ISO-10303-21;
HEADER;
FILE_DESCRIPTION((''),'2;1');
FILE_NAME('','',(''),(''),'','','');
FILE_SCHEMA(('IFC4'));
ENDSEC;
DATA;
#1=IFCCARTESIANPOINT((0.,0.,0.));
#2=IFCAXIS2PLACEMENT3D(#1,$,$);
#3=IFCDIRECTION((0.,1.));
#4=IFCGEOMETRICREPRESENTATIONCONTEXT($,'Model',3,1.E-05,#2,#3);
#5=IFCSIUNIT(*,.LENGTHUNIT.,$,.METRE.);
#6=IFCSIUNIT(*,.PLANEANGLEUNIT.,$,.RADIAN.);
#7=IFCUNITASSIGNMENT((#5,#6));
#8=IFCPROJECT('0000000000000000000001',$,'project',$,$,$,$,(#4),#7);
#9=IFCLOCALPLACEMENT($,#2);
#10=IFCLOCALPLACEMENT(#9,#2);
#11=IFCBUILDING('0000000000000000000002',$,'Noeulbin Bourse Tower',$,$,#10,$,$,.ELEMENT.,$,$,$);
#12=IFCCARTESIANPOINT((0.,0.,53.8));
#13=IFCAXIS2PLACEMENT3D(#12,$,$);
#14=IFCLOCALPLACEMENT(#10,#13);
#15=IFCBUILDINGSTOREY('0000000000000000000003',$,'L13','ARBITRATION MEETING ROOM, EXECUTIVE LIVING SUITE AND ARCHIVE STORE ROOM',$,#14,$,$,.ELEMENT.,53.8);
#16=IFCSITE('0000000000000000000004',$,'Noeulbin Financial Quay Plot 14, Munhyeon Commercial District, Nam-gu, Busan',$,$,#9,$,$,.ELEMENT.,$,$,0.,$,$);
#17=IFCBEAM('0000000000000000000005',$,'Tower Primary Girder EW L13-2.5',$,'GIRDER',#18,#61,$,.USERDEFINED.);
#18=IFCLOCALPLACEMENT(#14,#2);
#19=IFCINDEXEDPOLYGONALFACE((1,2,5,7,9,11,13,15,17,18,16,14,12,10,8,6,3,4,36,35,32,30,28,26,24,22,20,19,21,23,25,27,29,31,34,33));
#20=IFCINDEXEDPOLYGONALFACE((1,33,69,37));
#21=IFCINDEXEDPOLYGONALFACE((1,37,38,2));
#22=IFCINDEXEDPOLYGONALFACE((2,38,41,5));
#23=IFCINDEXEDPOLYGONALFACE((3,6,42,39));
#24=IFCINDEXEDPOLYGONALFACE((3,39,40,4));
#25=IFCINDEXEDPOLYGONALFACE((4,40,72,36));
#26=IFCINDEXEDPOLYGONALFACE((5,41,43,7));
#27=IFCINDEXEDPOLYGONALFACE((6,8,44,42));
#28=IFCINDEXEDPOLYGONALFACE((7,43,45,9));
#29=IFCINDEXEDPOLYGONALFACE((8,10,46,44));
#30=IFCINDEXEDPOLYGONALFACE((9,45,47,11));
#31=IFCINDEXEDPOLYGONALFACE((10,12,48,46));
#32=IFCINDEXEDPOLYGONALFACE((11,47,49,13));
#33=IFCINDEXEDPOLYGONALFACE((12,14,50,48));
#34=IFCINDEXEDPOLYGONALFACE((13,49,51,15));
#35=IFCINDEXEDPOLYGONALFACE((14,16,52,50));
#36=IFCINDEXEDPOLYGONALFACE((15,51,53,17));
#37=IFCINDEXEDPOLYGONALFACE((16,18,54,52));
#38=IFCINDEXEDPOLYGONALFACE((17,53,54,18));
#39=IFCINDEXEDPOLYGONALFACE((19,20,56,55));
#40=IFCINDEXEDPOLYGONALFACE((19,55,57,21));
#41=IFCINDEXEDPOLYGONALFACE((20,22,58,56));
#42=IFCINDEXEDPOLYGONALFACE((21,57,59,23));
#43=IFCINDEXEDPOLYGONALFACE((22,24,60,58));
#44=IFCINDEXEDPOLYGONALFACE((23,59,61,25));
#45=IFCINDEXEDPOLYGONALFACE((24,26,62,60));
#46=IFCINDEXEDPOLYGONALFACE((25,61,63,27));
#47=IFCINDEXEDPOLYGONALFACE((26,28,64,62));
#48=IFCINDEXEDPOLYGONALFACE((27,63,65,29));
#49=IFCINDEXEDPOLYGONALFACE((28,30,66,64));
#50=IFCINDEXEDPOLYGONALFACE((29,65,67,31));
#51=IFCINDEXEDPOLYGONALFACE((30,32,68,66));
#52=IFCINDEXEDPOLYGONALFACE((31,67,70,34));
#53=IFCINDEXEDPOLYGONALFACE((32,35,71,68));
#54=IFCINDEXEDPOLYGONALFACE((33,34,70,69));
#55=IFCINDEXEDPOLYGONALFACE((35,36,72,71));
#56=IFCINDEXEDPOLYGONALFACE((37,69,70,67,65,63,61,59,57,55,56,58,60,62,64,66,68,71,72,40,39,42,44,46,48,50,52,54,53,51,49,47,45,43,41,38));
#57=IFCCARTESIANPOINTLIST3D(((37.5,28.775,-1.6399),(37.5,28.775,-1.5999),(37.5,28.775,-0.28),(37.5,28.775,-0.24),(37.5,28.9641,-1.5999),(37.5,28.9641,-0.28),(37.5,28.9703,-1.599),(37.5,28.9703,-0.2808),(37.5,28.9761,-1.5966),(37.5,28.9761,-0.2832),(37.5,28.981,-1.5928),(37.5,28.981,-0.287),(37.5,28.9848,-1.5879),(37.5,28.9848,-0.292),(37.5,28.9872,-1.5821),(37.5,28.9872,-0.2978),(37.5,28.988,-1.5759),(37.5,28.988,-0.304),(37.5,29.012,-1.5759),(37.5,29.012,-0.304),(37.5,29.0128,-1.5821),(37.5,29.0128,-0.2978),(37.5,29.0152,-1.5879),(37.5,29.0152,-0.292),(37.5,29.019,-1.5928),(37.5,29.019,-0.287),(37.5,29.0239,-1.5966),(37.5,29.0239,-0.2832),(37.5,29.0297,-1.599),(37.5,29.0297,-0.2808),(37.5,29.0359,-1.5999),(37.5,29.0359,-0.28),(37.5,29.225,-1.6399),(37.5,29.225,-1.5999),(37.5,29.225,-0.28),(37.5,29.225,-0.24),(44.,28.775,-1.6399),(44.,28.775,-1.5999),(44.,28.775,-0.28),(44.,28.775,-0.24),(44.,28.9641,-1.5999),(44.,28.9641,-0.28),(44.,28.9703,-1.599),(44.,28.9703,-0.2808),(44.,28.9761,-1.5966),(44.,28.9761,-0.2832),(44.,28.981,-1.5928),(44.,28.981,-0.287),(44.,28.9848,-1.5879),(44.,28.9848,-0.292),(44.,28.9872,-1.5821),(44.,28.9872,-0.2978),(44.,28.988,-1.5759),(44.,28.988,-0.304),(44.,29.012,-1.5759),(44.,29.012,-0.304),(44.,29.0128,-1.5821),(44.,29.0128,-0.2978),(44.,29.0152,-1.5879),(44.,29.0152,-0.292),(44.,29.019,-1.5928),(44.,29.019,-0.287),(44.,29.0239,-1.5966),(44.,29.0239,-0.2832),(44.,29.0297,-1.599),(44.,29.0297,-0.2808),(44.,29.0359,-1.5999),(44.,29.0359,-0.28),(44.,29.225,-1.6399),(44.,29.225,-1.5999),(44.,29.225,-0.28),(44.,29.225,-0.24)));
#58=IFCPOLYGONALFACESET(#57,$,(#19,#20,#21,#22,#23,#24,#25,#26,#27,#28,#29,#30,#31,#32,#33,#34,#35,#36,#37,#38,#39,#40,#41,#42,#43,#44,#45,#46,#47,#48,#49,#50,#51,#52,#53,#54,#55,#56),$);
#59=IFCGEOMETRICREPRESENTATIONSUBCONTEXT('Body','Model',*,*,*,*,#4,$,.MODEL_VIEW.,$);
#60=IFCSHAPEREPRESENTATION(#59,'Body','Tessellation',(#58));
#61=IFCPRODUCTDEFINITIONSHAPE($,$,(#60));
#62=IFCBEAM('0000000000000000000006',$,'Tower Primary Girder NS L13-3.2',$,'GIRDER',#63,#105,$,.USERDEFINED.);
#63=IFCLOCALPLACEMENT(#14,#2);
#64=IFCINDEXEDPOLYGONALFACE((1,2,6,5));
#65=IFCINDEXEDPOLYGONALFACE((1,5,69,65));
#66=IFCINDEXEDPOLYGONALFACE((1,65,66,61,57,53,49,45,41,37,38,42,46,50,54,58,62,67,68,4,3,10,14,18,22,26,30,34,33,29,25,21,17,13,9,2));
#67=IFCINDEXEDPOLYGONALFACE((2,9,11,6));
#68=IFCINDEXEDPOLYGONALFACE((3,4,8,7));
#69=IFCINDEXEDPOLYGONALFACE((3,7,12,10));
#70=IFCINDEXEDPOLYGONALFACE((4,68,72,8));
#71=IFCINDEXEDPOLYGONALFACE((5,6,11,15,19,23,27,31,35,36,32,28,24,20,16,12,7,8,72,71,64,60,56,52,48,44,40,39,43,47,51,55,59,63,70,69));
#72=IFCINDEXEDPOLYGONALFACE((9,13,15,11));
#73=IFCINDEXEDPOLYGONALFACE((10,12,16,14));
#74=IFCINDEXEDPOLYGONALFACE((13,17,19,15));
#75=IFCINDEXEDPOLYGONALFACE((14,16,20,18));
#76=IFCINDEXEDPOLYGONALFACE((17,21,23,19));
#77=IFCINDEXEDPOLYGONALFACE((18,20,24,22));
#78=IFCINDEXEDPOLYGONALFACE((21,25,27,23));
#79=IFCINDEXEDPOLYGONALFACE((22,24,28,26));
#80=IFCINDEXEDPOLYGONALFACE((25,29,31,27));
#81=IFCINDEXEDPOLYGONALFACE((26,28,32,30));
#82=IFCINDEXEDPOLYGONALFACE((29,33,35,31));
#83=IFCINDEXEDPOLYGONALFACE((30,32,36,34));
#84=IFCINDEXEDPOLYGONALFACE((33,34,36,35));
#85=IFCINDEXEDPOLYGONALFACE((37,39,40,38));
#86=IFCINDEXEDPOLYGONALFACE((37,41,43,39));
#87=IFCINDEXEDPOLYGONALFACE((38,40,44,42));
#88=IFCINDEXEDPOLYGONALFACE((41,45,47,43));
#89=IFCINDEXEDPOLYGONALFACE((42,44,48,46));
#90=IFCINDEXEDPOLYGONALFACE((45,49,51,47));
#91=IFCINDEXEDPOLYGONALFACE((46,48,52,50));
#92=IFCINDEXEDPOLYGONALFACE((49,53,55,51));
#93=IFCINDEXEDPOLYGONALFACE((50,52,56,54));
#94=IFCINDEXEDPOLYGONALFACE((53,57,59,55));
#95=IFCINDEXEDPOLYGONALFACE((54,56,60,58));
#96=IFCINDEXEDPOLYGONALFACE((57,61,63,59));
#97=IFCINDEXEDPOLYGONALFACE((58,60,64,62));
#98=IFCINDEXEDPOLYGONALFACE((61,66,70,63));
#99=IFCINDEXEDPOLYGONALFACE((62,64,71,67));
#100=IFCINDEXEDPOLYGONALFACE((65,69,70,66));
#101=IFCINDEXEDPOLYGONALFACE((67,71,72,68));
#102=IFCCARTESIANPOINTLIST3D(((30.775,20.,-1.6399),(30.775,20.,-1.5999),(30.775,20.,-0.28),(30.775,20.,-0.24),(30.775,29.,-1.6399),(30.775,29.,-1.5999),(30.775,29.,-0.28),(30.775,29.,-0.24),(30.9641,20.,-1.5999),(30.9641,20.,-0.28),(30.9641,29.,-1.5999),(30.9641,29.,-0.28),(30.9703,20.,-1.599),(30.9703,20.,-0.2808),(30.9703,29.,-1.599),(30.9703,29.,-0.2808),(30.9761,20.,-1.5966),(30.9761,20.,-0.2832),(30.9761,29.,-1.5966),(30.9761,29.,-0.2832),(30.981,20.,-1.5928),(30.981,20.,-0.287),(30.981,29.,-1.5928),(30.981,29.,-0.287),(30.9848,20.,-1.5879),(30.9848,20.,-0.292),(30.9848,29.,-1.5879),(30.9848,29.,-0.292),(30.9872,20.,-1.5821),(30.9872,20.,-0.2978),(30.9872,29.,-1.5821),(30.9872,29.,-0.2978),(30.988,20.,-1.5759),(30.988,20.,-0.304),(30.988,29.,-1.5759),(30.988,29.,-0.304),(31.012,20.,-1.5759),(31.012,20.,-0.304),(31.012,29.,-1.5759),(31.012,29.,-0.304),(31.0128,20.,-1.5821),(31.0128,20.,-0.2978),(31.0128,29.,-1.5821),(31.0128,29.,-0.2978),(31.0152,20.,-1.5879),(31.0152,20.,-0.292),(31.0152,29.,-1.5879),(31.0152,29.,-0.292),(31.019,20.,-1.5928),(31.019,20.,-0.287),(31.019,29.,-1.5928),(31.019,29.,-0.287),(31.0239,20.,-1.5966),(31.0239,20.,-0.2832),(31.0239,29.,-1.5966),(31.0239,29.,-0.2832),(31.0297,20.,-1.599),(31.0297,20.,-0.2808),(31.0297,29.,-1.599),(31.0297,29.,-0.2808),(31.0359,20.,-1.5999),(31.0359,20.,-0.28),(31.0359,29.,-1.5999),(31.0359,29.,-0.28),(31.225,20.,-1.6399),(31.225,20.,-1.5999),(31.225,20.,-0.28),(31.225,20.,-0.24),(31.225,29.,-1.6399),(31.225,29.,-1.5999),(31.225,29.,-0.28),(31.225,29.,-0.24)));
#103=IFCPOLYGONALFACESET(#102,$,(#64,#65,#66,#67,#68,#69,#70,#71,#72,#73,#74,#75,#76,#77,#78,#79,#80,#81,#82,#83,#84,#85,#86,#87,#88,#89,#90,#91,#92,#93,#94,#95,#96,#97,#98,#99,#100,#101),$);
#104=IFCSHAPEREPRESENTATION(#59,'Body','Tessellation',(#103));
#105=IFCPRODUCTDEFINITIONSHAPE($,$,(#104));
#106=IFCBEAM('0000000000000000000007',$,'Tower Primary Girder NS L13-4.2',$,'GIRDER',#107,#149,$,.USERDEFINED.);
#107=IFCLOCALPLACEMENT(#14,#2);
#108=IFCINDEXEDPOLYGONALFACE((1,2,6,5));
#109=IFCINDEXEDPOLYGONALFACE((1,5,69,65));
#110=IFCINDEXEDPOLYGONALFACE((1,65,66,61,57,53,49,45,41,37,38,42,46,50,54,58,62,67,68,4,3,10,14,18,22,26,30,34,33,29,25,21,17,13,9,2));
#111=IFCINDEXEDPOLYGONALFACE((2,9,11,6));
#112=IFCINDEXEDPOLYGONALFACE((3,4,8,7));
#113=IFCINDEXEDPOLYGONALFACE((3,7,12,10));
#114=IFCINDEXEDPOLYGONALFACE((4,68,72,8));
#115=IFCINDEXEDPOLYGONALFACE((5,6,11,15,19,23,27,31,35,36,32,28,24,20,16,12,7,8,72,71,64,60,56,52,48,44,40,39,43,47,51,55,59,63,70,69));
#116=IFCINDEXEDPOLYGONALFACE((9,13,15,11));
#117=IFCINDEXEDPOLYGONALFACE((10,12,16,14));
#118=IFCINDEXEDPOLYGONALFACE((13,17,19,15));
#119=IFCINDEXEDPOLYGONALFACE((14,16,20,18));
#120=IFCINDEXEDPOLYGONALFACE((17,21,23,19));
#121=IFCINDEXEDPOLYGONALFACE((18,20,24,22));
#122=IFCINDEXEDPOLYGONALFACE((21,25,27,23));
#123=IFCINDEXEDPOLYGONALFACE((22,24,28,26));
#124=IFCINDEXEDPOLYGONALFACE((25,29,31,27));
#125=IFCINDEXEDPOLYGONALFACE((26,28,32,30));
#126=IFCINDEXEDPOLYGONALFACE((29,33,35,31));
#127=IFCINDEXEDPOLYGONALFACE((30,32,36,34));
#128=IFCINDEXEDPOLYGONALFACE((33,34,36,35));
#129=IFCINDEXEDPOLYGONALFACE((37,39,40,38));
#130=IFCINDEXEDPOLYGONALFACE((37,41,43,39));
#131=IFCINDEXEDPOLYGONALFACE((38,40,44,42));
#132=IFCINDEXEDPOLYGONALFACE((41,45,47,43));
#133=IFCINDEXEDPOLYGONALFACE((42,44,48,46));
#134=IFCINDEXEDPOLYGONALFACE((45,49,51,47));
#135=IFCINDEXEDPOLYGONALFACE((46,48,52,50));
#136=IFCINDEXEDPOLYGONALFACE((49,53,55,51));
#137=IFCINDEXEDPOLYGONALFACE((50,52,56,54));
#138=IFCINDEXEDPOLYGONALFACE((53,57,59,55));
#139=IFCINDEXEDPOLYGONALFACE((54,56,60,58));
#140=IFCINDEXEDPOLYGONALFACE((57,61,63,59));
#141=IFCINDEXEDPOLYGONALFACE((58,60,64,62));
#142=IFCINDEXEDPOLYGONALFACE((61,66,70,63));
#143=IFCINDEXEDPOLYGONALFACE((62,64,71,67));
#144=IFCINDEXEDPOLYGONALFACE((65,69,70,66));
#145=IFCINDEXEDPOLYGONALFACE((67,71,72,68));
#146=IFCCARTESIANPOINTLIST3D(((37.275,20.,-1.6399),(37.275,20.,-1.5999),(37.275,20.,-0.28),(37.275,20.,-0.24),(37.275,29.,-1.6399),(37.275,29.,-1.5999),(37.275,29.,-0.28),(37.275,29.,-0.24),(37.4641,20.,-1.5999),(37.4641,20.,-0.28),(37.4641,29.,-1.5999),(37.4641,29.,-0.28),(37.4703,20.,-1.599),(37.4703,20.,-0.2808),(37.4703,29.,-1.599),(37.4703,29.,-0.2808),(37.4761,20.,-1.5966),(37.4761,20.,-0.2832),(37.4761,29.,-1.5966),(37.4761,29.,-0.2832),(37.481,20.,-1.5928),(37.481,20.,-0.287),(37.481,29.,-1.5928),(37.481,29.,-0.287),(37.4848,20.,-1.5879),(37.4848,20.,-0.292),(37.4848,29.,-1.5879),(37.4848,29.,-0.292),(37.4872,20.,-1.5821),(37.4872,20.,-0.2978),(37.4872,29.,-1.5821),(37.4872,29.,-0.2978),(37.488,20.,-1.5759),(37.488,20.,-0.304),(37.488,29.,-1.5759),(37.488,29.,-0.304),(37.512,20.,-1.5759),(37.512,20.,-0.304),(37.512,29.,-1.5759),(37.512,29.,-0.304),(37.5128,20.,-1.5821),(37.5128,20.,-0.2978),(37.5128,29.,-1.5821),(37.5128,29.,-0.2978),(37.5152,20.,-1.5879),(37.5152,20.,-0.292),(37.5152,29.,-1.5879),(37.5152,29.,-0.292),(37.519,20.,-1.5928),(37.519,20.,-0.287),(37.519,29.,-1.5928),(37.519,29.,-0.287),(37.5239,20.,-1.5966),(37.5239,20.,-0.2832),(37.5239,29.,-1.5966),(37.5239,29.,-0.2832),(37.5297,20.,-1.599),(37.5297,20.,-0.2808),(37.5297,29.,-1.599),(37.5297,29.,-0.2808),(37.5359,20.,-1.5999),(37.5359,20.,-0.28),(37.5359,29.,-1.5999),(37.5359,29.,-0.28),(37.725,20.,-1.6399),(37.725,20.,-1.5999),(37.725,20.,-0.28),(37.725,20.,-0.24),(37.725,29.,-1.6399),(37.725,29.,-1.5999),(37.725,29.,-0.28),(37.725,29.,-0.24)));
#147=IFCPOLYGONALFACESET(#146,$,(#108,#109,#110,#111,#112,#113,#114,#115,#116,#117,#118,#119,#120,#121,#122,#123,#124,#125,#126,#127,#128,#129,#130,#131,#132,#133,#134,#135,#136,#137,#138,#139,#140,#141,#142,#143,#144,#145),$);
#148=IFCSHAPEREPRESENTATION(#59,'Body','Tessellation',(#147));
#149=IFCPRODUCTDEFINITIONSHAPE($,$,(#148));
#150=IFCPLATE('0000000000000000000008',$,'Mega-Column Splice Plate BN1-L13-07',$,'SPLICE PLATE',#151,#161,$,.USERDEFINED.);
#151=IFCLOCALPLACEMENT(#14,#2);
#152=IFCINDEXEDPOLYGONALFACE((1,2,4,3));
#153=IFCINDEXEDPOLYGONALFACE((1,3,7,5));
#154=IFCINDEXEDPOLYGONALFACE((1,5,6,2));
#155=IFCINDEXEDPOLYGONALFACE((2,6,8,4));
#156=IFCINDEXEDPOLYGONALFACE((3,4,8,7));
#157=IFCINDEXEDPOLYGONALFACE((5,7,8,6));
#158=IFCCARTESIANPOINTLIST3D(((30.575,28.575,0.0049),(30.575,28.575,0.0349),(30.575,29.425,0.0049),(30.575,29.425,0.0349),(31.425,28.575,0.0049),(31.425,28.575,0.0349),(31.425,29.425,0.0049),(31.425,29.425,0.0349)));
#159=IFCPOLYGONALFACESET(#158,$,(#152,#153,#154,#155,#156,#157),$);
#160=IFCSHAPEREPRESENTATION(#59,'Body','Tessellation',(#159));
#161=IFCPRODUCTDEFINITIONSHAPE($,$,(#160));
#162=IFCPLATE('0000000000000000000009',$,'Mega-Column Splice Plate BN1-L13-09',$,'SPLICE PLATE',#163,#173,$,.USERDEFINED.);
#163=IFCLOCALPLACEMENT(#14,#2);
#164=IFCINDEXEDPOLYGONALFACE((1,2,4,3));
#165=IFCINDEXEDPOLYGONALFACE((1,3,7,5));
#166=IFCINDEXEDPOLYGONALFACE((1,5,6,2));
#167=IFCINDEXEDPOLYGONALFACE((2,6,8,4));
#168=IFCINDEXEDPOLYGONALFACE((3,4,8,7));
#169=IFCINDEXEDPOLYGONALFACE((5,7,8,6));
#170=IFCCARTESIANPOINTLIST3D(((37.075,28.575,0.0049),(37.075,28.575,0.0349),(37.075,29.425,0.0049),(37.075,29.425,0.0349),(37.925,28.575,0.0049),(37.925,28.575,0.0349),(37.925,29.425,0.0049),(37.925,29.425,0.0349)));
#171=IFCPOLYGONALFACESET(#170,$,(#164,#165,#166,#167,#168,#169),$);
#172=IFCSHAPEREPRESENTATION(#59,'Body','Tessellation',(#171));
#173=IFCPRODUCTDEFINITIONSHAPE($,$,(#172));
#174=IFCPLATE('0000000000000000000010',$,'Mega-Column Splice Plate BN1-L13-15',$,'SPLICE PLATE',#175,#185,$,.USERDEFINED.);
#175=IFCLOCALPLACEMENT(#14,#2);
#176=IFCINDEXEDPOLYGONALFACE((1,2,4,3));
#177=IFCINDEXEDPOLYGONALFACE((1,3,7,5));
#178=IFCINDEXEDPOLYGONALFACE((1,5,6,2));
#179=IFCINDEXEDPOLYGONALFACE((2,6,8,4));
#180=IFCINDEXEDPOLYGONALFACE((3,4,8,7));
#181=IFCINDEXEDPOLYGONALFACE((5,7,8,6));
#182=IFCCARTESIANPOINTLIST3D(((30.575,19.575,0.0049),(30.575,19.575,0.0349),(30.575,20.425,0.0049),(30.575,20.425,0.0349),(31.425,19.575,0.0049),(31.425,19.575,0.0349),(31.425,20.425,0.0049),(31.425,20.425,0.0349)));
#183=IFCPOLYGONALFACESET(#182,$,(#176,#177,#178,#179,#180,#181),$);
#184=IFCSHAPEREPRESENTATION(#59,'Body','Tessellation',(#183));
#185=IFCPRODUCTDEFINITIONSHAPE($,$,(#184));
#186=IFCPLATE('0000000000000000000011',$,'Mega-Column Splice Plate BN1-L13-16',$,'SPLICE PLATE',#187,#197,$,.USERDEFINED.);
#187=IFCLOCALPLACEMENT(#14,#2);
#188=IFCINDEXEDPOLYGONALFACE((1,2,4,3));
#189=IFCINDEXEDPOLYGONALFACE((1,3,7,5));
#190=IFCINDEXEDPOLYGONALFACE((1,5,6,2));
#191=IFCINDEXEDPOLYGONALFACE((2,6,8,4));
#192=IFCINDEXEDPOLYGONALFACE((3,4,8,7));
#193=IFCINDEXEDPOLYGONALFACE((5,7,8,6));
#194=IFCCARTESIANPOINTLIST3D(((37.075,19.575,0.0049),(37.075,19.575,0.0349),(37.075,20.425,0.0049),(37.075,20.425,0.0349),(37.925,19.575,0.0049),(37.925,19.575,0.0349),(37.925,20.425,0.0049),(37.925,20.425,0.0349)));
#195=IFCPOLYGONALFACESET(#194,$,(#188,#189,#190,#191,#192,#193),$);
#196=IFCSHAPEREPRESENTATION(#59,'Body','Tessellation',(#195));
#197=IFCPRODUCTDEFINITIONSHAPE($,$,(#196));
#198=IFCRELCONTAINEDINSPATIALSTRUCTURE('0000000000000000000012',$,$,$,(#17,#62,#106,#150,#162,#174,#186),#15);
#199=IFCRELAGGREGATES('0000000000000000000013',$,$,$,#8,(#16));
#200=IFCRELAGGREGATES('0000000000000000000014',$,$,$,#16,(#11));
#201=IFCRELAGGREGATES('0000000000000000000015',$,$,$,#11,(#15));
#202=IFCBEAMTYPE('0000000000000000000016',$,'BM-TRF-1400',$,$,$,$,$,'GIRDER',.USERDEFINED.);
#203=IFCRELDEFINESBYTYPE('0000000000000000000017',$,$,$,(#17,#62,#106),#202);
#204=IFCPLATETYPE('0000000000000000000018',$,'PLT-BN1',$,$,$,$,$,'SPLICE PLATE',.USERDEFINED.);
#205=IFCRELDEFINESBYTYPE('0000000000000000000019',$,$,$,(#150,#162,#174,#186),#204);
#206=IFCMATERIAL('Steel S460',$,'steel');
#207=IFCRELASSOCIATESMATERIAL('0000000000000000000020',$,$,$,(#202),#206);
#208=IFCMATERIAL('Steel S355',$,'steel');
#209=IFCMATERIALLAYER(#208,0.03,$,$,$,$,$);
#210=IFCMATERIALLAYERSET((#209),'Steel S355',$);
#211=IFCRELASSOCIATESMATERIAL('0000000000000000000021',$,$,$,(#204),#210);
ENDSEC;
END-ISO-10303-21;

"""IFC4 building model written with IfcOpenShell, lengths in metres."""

from ifc_helpers import new_model, si_unit, direction, frame, origin, origin_2d, place, context, subcontext, project, spatial, rectangle, i_section, extrude, material, layer, layer_set, material_profile, profile_set, type_object, element, save


model = new_model("IFC4")

# Units and contexts
model_context = context("Model", 3, precision=1e-05, world=origin(), true_north=direction((0.0, 1.0)))
body_context = subcontext(model_context, "Body", "Model", "MODEL_VIEW")
ifc_project = project(units=[si_unit("LENGTHUNIT", "METRE"), si_unit("PLANEANGLEUNIT", "RADIAN")], contexts=[model_context])

# Site, building, storey
site_placement = place(None, origin())
site = spatial("IfcSite", under=ifc_project, at=site_placement, Name="Noeulbin Financial Quay Plot 14, Munhyeon Commercial District, Nam-gu, Busan", CompositionType="ELEMENT", RefElevation=0.0)
building_placement = place(site_placement, origin())
building = spatial("IfcBuilding", under=site, at=building_placement, Name="Noeulbin Bourse Tower", CompositionType="ELEMENT")
storey_placement = place(building_placement, frame((0.0, 0.0, 53.8)))
storey = spatial("IfcBuildingStorey", under=building, at=storey_placement, Name="L13", Description="ARBITRATION MEETING ROOM, EXECUTIVE LIVING SUITE AND ARCHIVE STORE ROOM", CompositionType="ELEMENT", Elevation=53.8)

# Shared definitions
ifc_material_1 = material(Name="Steel S460", Category="steel")

# Beams
ifc_material_2 = material(Name="Steel S355", Category="steel")
ifc_material_profile_1 = material_profile(ifc_material_1, i_section(OverallWidth=0.45, OverallDepth=1.3999, WebThickness=0.0239, FlangeThickness=0.04, FilletRadius=0.0239, at=origin_2d()), Name="PG-1400x450x24x40", Category="LoadBearing")
ifc_profile_set_1 = profile_set([ifc_material_profile_1], Name="Steel S460")
beam_type_1 = type_object("IfcBeamType", Name="BM-TRF-1400", ElementType="GIRDER", PredefinedType="USERDEFINED", material=ifc_profile_set_1)
for number, where, z_axis, x_axis, name in (
    (1, (37.5, 29.0, -0.9399), (1.0, 0.0, 0.0), (0.0, 1.0, 0.0), "Tower Primary Girder EW L13-2.5"),
):
    element("IfcBeam", number, at=place(storey_placement, frame(where, z_axis=z_axis, x_axis=x_axis)), inside=storey, type_object=beam_type_1, Name=name, ObjectType="GIRDER", PredefinedType="USERDEFINED", context=body_context, shape_type="SweptSolid", body=[
        extrude(i_section(OverallWidth=0.45, OverallDepth=1.3999, WebThickness=0.0239, FlangeThickness=0.04, FilletRadius=0.0239, at=origin_2d()), origin(), (0.0, 0.0, 1.0), 6.5),
    ])
for number, where, z_axis, x_axis, name in (
    (2, (31.0, 20.0, -0.9399), (0.0, 1.0, 0.0), (-1.0, 0.0, 0.0), "Tower Primary Girder NS L13-3.2"),
    (3, (37.5, 20.0, -0.9399), (0.0, 1.0, 0.0), (-1.0, 0.0, 0.0), "Tower Primary Girder NS L13-4.2"),
):
    element("IfcBeam", number, at=place(storey_placement, frame(where, z_axis=z_axis, x_axis=x_axis)), inside=storey, type_object=beam_type_1, Name=name, ObjectType="GIRDER", PredefinedType="USERDEFINED", context=body_context, shape_type="SweptSolid", body=[
        extrude(i_section(OverallWidth=0.45, OverallDepth=1.3999, WebThickness=0.0239, FlangeThickness=0.04, FilletRadius=0.0239, at=origin_2d()), origin(), (0.0, 0.0, 1.0), 9.0),
    ])

# Plates
ifc_layer_1 = layer(ifc_material_2, 0.03)
ifc_layer_set_1 = layer_set([ifc_layer_1], Name="Steel S355")
plate_type = type_object("IfcPlateType", Name="PLT-BN1", ElementType="SPLICE PLATE", PredefinedType="USERDEFINED", material=ifc_layer_set_1)
for number, where, z_axis, x_axis, name in (
    (4, (31.0, 29.0, 0.0049), (0.0, 0.0, 1.0), (1.0, 0.0, 0.0), "Mega-Column Splice Plate BN1-L13-07"),
    (5, (37.5, 29.0, 0.0049), (0.0, 0.0, 1.0), (1.0, 0.0, 0.0), "Mega-Column Splice Plate BN1-L13-09"),
    (6, (31.0, 20.0, 0.0049), (0.0, 0.0, 1.0), (1.0, 0.0, 0.0), "Mega-Column Splice Plate BN1-L13-15"),
    (7, (37.5, 20.0, 0.0049), (0.0, 0.0, 1.0), (1.0, 0.0, 0.0), "Mega-Column Splice Plate BN1-L13-16"),
):
    element("IfcPlate", number, at=place(storey_placement, frame(where, z_axis=z_axis, x_axis=x_axis)), inside=storey, type_object=plate_type, Name=name, ObjectType="SPLICE PLATE", PredefinedType="USERDEFINED", context=body_context, shape_type="SweptSolid", body=[
        extrude(rectangle(XDim=0.8501, YDim=0.8501, at=origin_2d()), origin(), (0.0, 0.0, 1.0), 0.03),
    ])

save(model, "model.ifc")
